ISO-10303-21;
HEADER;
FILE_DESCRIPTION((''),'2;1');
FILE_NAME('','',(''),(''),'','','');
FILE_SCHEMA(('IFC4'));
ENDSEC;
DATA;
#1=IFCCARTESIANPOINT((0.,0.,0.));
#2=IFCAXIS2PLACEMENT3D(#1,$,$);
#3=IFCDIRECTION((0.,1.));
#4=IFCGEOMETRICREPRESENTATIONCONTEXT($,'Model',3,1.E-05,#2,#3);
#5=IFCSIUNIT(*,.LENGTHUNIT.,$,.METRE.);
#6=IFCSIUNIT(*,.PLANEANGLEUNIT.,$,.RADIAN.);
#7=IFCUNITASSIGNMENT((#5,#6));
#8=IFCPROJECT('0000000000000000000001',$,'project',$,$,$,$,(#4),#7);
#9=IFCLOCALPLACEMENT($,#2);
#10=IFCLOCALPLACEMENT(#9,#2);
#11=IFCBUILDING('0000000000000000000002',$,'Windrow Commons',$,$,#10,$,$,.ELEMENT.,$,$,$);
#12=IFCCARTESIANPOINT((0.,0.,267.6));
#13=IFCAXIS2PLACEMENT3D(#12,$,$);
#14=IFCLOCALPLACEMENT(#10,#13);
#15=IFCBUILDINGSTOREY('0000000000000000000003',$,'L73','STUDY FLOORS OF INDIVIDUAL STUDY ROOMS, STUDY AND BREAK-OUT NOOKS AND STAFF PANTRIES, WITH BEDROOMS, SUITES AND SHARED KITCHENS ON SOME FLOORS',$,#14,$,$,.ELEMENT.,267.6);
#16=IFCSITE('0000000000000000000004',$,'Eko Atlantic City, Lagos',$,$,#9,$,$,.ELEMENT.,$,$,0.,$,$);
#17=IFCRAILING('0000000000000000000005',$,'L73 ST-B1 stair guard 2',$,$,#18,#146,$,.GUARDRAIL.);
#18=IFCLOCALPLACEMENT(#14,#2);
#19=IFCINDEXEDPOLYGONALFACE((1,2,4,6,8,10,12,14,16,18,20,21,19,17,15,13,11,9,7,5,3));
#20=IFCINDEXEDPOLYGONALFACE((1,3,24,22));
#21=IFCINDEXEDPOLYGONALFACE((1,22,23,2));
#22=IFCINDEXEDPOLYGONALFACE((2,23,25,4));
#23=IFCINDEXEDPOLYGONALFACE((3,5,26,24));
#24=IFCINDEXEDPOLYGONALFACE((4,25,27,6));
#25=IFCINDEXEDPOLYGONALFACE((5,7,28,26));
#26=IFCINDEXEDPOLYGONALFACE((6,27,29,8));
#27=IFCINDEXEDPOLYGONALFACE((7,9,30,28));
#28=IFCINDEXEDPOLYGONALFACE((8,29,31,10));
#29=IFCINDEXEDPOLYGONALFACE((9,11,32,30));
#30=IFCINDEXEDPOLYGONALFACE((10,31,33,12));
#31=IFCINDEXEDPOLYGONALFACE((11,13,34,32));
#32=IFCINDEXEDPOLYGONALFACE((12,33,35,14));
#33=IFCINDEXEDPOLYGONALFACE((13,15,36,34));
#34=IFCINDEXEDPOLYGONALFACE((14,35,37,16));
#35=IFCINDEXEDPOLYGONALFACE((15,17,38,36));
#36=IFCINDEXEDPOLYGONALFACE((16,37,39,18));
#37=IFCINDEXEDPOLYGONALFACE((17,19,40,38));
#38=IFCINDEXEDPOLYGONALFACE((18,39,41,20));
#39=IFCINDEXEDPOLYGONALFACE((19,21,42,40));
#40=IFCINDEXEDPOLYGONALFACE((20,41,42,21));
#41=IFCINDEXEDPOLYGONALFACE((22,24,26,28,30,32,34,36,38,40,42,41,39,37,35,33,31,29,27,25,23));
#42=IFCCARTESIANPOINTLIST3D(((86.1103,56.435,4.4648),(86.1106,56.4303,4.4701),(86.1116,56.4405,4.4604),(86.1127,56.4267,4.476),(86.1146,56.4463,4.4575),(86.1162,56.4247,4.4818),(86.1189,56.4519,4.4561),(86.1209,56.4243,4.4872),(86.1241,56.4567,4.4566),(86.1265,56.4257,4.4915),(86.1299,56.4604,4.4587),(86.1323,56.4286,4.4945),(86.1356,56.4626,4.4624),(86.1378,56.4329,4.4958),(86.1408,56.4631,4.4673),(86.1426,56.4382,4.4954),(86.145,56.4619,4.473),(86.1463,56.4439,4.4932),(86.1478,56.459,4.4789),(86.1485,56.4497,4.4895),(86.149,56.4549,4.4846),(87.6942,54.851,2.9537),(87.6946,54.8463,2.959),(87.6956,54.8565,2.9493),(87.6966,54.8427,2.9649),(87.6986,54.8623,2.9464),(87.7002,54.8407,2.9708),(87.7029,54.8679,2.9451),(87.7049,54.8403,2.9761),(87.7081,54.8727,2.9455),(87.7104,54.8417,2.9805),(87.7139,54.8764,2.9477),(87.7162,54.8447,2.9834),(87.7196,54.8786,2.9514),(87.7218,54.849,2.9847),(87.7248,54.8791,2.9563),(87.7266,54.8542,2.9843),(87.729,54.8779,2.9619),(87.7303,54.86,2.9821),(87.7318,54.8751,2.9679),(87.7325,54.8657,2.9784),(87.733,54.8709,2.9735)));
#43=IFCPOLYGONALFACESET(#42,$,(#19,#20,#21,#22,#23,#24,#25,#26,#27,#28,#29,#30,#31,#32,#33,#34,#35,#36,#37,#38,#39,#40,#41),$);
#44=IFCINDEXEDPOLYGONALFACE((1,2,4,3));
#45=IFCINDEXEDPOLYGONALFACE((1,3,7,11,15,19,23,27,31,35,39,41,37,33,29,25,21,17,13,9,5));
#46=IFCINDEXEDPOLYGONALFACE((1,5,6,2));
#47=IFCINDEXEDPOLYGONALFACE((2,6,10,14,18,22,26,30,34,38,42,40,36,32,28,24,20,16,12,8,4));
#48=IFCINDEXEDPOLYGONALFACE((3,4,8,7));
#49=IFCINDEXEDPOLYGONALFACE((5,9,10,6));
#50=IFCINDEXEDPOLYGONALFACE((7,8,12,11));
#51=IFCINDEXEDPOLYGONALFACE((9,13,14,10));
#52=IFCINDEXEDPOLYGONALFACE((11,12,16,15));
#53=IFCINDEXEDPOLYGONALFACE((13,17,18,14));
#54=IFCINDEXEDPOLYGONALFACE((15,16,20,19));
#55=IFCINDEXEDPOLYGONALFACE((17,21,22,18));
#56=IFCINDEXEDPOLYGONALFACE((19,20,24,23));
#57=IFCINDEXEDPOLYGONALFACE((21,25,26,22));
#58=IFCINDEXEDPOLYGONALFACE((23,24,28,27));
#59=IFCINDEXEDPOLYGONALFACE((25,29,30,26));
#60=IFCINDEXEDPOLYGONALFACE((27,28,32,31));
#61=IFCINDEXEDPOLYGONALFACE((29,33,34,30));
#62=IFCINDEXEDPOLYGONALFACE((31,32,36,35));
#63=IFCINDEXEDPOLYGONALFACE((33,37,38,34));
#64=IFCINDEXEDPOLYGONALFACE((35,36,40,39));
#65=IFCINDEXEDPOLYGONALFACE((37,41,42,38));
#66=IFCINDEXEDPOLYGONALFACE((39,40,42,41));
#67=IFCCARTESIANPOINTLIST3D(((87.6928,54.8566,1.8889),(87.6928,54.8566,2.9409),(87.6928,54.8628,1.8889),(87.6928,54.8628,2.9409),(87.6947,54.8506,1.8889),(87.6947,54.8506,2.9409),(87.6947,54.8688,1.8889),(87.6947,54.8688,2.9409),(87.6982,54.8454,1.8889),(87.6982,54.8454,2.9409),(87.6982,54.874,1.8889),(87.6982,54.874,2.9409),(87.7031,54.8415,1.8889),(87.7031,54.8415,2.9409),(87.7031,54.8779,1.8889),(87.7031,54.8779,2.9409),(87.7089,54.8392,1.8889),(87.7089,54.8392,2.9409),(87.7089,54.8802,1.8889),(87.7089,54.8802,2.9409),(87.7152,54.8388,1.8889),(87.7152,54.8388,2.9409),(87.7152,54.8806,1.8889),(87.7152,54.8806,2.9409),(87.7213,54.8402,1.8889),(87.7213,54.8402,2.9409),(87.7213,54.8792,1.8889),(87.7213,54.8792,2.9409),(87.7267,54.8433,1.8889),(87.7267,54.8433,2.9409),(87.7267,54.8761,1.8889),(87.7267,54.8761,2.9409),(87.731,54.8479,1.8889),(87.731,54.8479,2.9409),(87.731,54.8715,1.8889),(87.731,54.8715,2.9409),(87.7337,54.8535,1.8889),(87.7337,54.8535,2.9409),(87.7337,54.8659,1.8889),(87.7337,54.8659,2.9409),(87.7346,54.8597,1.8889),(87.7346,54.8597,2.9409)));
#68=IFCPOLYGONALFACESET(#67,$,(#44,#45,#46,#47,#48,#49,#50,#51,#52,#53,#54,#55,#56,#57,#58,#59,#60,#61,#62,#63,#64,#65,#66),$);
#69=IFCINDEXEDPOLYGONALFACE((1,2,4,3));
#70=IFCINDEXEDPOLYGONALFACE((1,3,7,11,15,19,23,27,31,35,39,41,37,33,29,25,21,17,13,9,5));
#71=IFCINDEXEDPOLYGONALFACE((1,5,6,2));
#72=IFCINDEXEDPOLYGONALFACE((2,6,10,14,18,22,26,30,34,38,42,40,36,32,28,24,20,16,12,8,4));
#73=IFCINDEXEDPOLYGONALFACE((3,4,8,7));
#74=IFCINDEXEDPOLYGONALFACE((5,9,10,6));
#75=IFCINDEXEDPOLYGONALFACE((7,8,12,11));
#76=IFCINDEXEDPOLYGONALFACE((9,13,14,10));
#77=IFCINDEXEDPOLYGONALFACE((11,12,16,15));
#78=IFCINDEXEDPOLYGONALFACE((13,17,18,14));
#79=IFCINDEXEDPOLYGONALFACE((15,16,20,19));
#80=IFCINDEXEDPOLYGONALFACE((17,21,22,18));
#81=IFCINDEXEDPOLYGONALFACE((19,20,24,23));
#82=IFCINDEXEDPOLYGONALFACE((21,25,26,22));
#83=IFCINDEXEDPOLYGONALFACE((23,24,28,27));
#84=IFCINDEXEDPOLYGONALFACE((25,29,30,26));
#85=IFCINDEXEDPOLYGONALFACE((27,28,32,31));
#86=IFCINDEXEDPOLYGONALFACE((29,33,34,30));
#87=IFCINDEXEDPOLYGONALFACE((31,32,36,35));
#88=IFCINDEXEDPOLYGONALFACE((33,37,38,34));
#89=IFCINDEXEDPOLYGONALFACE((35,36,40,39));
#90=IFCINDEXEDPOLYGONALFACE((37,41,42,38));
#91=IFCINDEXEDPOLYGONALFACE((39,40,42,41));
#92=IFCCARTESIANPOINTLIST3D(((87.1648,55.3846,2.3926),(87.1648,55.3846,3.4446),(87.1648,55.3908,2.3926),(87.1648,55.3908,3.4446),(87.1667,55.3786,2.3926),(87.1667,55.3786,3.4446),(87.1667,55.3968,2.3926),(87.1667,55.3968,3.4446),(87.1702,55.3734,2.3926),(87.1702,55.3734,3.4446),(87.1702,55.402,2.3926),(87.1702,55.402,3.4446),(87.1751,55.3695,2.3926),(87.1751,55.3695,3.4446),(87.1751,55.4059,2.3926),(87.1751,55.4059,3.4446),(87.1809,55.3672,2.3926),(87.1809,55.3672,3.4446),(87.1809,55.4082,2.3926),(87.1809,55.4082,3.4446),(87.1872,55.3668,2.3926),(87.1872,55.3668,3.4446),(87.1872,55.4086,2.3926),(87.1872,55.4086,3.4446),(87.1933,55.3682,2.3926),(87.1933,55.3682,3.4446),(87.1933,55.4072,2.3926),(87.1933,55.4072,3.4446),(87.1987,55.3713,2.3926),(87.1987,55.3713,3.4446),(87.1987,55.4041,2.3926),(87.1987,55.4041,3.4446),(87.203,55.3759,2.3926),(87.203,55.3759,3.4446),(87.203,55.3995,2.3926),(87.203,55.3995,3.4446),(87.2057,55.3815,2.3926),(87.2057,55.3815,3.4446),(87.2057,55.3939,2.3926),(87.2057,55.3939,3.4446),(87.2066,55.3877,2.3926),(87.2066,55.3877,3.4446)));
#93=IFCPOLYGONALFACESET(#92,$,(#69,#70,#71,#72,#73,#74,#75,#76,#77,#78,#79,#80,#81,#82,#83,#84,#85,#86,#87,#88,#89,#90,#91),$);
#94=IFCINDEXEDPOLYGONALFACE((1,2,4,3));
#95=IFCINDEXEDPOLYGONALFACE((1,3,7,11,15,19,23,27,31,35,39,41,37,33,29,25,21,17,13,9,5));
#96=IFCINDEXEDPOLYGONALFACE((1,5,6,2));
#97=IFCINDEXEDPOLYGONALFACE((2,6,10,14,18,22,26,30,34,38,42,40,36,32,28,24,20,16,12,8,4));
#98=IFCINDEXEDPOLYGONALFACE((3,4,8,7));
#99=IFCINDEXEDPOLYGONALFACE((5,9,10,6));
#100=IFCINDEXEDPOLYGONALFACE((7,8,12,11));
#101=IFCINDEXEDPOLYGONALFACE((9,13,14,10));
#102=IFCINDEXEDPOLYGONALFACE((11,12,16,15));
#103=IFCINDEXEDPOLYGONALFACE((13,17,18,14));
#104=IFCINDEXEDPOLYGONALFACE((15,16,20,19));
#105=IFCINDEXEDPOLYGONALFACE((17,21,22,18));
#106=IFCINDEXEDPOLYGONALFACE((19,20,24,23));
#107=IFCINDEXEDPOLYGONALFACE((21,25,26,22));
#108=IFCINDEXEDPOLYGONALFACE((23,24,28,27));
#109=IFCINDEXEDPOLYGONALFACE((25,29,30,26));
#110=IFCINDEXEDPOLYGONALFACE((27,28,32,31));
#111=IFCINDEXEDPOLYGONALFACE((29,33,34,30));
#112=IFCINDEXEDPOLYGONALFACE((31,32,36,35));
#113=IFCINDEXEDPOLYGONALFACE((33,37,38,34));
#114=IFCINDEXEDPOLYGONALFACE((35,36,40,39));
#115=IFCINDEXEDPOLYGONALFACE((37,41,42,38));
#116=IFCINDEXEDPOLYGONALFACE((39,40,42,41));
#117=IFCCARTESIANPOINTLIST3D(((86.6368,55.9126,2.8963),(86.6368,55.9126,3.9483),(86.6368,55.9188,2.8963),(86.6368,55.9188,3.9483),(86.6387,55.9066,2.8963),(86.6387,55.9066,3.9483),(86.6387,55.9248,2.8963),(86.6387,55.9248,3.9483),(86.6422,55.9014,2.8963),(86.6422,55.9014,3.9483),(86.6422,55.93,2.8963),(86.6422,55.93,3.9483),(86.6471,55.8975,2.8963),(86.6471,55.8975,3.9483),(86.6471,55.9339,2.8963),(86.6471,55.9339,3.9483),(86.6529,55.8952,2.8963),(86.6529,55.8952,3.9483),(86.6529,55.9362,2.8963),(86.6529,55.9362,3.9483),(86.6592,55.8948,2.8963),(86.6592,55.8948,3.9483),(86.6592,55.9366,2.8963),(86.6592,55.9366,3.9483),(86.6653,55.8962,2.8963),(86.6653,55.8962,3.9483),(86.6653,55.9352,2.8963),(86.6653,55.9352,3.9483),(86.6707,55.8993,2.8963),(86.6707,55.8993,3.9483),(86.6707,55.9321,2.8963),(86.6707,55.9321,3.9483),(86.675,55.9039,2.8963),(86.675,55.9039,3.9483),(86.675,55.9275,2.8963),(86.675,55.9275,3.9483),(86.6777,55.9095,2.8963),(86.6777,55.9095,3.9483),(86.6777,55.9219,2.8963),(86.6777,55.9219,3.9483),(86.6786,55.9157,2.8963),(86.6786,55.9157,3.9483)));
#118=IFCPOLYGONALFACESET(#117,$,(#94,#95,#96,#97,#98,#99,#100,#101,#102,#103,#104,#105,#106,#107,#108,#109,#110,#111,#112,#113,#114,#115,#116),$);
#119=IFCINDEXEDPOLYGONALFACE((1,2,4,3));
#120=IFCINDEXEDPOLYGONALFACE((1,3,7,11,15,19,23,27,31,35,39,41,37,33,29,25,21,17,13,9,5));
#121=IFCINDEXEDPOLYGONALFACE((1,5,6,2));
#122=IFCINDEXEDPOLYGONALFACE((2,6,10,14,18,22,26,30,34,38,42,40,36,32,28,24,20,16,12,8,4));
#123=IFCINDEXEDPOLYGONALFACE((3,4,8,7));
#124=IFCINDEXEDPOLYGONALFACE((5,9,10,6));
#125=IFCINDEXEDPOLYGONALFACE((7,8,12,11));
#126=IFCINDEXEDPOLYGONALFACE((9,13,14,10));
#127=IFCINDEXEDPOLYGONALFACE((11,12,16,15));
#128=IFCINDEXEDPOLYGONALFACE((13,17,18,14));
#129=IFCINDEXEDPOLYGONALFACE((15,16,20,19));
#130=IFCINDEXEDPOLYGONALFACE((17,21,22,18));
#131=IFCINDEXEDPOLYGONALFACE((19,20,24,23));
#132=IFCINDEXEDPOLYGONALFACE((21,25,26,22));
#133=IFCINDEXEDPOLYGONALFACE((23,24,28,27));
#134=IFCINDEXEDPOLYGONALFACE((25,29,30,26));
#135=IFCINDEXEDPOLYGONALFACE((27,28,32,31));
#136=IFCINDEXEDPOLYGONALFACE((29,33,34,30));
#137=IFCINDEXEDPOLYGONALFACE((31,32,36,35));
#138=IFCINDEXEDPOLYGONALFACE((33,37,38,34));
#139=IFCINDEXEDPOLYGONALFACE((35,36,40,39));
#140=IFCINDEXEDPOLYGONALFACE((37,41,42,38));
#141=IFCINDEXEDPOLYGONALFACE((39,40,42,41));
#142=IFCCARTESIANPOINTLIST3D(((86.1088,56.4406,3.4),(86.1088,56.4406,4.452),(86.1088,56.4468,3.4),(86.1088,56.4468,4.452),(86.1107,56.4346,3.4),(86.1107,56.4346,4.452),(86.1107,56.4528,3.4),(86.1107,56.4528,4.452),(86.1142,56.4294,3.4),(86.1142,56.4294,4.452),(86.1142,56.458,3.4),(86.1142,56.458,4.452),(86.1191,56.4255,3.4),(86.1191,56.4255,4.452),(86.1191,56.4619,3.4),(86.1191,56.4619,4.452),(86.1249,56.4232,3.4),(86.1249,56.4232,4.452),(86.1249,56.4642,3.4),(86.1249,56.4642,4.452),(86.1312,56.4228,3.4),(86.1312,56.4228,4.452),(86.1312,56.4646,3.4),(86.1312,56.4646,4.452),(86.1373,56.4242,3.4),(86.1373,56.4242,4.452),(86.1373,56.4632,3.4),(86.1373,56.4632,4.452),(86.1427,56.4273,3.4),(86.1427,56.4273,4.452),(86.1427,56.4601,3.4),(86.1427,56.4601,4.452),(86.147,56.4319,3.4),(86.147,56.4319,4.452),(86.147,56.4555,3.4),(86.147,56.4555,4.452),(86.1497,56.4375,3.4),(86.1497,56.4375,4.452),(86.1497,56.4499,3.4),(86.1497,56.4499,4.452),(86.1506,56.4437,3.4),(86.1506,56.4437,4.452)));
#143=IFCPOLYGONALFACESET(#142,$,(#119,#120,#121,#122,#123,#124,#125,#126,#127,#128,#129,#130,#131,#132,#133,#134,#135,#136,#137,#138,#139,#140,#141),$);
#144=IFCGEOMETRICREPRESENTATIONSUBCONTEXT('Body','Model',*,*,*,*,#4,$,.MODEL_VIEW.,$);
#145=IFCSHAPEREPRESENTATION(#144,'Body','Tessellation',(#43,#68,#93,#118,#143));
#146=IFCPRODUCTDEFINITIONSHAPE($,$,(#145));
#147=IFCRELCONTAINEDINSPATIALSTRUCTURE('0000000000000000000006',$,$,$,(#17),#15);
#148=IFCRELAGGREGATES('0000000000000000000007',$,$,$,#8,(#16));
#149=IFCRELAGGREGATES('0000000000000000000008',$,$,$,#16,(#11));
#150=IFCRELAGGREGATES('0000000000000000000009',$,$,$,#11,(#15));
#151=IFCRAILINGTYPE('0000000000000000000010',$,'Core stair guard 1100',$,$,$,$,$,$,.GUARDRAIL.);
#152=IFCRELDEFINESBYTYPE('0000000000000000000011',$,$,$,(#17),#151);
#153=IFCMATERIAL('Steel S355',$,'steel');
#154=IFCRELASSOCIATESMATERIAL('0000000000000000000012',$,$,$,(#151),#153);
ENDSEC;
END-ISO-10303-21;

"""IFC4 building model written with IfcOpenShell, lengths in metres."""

from ifc_helpers import new_model, si_unit, direction, frame, origin, origin_2d, place, context, subcontext, project, spatial, circle, extrude, material, type_object, element, save


model = new_model("IFC4")

# Units and contexts
model_context = context("Model", 3, precision=1e-05, world=origin(), true_north=direction((0.0, 1.0)))
body_context = subcontext(model_context, "Body", "Model", "MODEL_VIEW")
ifc_project = project(units=[si_unit("LENGTHUNIT", "METRE"), si_unit("PLANEANGLEUNIT", "RADIAN")], contexts=[model_context])

# Site, building, storey
site_placement = place(None, origin())
site = spatial("IfcSite", under=ifc_project, at=site_placement, Name="Eko Atlantic City, Lagos", CompositionType="ELEMENT", RefElevation=0.0)
building_placement = place(site_placement, origin())
building = spatial("IfcBuilding", under=site, at=building_placement, Name="Windrow Commons", CompositionType="ELEMENT")
storey_placement = place(building_placement, frame((0.0, 0.0, 267.6)))
storey = spatial("IfcBuildingStorey", under=building, at=storey_placement, Name="L73", Description="STUDY FLOORS OF INDIVIDUAL STUDY ROOMS, STUDY AND BREAK-OUT NOOKS AND STAFF PANTRIES, WITH BEDROOMS, SUITES AND SHARED KITCHENS ON SOME FLOORS", CompositionType="ELEMENT", Elevation=267.6)

# Railing
ifc_material_1 = material(Name="Steel S355", Category="steel")
railing_type_1 = type_object("IfcRailingType", Name="Core stair guard 1100", PredefinedType="GUARDRAIL", material=ifc_material_1)
railing_1_placement = place(storey_placement, frame((87.7136, 54.8597, 1.8889)))
element("IfcRailing", 1, at=railing_1_placement, inside=storey, type_object=railing_type_1, Name="L73 ST-B1 stair guard 2", PredefinedType="GUARDRAIL", context=body_context, shape_type="SweptSolid", body=[
    extrude(circle(Radius=0.024, at=origin_2d()), frame((0.0, 0.0, 1.076), z_axis=(-0.586203, 0.586203, 0.559224), x_axis=(-0.707107, -0.707107, 0.0)), (0.0, 0.0, 1.0), 2.7021),
    extrude(circle(Radius=0.021, at=origin_2d()), origin(), (0.0, 0.0, 1.0), 1.052),
    extrude(circle(Radius=0.021, at=origin_2d()), frame((-0.528, 0.528, 0.5037)), (0.0, 0.0, 1.0), 1.052),
    extrude(circle(Radius=0.021, at=origin_2d()), frame((-1.056, 1.056, 1.0074)), (0.0, 0.0, 1.0), 1.052),
    extrude(circle(Radius=0.021, at=origin_2d()), frame((-1.584, 1.584, 1.5111)), (0.0, 0.0, 1.0), 1.052),
])

save(model, "model.ifc")
